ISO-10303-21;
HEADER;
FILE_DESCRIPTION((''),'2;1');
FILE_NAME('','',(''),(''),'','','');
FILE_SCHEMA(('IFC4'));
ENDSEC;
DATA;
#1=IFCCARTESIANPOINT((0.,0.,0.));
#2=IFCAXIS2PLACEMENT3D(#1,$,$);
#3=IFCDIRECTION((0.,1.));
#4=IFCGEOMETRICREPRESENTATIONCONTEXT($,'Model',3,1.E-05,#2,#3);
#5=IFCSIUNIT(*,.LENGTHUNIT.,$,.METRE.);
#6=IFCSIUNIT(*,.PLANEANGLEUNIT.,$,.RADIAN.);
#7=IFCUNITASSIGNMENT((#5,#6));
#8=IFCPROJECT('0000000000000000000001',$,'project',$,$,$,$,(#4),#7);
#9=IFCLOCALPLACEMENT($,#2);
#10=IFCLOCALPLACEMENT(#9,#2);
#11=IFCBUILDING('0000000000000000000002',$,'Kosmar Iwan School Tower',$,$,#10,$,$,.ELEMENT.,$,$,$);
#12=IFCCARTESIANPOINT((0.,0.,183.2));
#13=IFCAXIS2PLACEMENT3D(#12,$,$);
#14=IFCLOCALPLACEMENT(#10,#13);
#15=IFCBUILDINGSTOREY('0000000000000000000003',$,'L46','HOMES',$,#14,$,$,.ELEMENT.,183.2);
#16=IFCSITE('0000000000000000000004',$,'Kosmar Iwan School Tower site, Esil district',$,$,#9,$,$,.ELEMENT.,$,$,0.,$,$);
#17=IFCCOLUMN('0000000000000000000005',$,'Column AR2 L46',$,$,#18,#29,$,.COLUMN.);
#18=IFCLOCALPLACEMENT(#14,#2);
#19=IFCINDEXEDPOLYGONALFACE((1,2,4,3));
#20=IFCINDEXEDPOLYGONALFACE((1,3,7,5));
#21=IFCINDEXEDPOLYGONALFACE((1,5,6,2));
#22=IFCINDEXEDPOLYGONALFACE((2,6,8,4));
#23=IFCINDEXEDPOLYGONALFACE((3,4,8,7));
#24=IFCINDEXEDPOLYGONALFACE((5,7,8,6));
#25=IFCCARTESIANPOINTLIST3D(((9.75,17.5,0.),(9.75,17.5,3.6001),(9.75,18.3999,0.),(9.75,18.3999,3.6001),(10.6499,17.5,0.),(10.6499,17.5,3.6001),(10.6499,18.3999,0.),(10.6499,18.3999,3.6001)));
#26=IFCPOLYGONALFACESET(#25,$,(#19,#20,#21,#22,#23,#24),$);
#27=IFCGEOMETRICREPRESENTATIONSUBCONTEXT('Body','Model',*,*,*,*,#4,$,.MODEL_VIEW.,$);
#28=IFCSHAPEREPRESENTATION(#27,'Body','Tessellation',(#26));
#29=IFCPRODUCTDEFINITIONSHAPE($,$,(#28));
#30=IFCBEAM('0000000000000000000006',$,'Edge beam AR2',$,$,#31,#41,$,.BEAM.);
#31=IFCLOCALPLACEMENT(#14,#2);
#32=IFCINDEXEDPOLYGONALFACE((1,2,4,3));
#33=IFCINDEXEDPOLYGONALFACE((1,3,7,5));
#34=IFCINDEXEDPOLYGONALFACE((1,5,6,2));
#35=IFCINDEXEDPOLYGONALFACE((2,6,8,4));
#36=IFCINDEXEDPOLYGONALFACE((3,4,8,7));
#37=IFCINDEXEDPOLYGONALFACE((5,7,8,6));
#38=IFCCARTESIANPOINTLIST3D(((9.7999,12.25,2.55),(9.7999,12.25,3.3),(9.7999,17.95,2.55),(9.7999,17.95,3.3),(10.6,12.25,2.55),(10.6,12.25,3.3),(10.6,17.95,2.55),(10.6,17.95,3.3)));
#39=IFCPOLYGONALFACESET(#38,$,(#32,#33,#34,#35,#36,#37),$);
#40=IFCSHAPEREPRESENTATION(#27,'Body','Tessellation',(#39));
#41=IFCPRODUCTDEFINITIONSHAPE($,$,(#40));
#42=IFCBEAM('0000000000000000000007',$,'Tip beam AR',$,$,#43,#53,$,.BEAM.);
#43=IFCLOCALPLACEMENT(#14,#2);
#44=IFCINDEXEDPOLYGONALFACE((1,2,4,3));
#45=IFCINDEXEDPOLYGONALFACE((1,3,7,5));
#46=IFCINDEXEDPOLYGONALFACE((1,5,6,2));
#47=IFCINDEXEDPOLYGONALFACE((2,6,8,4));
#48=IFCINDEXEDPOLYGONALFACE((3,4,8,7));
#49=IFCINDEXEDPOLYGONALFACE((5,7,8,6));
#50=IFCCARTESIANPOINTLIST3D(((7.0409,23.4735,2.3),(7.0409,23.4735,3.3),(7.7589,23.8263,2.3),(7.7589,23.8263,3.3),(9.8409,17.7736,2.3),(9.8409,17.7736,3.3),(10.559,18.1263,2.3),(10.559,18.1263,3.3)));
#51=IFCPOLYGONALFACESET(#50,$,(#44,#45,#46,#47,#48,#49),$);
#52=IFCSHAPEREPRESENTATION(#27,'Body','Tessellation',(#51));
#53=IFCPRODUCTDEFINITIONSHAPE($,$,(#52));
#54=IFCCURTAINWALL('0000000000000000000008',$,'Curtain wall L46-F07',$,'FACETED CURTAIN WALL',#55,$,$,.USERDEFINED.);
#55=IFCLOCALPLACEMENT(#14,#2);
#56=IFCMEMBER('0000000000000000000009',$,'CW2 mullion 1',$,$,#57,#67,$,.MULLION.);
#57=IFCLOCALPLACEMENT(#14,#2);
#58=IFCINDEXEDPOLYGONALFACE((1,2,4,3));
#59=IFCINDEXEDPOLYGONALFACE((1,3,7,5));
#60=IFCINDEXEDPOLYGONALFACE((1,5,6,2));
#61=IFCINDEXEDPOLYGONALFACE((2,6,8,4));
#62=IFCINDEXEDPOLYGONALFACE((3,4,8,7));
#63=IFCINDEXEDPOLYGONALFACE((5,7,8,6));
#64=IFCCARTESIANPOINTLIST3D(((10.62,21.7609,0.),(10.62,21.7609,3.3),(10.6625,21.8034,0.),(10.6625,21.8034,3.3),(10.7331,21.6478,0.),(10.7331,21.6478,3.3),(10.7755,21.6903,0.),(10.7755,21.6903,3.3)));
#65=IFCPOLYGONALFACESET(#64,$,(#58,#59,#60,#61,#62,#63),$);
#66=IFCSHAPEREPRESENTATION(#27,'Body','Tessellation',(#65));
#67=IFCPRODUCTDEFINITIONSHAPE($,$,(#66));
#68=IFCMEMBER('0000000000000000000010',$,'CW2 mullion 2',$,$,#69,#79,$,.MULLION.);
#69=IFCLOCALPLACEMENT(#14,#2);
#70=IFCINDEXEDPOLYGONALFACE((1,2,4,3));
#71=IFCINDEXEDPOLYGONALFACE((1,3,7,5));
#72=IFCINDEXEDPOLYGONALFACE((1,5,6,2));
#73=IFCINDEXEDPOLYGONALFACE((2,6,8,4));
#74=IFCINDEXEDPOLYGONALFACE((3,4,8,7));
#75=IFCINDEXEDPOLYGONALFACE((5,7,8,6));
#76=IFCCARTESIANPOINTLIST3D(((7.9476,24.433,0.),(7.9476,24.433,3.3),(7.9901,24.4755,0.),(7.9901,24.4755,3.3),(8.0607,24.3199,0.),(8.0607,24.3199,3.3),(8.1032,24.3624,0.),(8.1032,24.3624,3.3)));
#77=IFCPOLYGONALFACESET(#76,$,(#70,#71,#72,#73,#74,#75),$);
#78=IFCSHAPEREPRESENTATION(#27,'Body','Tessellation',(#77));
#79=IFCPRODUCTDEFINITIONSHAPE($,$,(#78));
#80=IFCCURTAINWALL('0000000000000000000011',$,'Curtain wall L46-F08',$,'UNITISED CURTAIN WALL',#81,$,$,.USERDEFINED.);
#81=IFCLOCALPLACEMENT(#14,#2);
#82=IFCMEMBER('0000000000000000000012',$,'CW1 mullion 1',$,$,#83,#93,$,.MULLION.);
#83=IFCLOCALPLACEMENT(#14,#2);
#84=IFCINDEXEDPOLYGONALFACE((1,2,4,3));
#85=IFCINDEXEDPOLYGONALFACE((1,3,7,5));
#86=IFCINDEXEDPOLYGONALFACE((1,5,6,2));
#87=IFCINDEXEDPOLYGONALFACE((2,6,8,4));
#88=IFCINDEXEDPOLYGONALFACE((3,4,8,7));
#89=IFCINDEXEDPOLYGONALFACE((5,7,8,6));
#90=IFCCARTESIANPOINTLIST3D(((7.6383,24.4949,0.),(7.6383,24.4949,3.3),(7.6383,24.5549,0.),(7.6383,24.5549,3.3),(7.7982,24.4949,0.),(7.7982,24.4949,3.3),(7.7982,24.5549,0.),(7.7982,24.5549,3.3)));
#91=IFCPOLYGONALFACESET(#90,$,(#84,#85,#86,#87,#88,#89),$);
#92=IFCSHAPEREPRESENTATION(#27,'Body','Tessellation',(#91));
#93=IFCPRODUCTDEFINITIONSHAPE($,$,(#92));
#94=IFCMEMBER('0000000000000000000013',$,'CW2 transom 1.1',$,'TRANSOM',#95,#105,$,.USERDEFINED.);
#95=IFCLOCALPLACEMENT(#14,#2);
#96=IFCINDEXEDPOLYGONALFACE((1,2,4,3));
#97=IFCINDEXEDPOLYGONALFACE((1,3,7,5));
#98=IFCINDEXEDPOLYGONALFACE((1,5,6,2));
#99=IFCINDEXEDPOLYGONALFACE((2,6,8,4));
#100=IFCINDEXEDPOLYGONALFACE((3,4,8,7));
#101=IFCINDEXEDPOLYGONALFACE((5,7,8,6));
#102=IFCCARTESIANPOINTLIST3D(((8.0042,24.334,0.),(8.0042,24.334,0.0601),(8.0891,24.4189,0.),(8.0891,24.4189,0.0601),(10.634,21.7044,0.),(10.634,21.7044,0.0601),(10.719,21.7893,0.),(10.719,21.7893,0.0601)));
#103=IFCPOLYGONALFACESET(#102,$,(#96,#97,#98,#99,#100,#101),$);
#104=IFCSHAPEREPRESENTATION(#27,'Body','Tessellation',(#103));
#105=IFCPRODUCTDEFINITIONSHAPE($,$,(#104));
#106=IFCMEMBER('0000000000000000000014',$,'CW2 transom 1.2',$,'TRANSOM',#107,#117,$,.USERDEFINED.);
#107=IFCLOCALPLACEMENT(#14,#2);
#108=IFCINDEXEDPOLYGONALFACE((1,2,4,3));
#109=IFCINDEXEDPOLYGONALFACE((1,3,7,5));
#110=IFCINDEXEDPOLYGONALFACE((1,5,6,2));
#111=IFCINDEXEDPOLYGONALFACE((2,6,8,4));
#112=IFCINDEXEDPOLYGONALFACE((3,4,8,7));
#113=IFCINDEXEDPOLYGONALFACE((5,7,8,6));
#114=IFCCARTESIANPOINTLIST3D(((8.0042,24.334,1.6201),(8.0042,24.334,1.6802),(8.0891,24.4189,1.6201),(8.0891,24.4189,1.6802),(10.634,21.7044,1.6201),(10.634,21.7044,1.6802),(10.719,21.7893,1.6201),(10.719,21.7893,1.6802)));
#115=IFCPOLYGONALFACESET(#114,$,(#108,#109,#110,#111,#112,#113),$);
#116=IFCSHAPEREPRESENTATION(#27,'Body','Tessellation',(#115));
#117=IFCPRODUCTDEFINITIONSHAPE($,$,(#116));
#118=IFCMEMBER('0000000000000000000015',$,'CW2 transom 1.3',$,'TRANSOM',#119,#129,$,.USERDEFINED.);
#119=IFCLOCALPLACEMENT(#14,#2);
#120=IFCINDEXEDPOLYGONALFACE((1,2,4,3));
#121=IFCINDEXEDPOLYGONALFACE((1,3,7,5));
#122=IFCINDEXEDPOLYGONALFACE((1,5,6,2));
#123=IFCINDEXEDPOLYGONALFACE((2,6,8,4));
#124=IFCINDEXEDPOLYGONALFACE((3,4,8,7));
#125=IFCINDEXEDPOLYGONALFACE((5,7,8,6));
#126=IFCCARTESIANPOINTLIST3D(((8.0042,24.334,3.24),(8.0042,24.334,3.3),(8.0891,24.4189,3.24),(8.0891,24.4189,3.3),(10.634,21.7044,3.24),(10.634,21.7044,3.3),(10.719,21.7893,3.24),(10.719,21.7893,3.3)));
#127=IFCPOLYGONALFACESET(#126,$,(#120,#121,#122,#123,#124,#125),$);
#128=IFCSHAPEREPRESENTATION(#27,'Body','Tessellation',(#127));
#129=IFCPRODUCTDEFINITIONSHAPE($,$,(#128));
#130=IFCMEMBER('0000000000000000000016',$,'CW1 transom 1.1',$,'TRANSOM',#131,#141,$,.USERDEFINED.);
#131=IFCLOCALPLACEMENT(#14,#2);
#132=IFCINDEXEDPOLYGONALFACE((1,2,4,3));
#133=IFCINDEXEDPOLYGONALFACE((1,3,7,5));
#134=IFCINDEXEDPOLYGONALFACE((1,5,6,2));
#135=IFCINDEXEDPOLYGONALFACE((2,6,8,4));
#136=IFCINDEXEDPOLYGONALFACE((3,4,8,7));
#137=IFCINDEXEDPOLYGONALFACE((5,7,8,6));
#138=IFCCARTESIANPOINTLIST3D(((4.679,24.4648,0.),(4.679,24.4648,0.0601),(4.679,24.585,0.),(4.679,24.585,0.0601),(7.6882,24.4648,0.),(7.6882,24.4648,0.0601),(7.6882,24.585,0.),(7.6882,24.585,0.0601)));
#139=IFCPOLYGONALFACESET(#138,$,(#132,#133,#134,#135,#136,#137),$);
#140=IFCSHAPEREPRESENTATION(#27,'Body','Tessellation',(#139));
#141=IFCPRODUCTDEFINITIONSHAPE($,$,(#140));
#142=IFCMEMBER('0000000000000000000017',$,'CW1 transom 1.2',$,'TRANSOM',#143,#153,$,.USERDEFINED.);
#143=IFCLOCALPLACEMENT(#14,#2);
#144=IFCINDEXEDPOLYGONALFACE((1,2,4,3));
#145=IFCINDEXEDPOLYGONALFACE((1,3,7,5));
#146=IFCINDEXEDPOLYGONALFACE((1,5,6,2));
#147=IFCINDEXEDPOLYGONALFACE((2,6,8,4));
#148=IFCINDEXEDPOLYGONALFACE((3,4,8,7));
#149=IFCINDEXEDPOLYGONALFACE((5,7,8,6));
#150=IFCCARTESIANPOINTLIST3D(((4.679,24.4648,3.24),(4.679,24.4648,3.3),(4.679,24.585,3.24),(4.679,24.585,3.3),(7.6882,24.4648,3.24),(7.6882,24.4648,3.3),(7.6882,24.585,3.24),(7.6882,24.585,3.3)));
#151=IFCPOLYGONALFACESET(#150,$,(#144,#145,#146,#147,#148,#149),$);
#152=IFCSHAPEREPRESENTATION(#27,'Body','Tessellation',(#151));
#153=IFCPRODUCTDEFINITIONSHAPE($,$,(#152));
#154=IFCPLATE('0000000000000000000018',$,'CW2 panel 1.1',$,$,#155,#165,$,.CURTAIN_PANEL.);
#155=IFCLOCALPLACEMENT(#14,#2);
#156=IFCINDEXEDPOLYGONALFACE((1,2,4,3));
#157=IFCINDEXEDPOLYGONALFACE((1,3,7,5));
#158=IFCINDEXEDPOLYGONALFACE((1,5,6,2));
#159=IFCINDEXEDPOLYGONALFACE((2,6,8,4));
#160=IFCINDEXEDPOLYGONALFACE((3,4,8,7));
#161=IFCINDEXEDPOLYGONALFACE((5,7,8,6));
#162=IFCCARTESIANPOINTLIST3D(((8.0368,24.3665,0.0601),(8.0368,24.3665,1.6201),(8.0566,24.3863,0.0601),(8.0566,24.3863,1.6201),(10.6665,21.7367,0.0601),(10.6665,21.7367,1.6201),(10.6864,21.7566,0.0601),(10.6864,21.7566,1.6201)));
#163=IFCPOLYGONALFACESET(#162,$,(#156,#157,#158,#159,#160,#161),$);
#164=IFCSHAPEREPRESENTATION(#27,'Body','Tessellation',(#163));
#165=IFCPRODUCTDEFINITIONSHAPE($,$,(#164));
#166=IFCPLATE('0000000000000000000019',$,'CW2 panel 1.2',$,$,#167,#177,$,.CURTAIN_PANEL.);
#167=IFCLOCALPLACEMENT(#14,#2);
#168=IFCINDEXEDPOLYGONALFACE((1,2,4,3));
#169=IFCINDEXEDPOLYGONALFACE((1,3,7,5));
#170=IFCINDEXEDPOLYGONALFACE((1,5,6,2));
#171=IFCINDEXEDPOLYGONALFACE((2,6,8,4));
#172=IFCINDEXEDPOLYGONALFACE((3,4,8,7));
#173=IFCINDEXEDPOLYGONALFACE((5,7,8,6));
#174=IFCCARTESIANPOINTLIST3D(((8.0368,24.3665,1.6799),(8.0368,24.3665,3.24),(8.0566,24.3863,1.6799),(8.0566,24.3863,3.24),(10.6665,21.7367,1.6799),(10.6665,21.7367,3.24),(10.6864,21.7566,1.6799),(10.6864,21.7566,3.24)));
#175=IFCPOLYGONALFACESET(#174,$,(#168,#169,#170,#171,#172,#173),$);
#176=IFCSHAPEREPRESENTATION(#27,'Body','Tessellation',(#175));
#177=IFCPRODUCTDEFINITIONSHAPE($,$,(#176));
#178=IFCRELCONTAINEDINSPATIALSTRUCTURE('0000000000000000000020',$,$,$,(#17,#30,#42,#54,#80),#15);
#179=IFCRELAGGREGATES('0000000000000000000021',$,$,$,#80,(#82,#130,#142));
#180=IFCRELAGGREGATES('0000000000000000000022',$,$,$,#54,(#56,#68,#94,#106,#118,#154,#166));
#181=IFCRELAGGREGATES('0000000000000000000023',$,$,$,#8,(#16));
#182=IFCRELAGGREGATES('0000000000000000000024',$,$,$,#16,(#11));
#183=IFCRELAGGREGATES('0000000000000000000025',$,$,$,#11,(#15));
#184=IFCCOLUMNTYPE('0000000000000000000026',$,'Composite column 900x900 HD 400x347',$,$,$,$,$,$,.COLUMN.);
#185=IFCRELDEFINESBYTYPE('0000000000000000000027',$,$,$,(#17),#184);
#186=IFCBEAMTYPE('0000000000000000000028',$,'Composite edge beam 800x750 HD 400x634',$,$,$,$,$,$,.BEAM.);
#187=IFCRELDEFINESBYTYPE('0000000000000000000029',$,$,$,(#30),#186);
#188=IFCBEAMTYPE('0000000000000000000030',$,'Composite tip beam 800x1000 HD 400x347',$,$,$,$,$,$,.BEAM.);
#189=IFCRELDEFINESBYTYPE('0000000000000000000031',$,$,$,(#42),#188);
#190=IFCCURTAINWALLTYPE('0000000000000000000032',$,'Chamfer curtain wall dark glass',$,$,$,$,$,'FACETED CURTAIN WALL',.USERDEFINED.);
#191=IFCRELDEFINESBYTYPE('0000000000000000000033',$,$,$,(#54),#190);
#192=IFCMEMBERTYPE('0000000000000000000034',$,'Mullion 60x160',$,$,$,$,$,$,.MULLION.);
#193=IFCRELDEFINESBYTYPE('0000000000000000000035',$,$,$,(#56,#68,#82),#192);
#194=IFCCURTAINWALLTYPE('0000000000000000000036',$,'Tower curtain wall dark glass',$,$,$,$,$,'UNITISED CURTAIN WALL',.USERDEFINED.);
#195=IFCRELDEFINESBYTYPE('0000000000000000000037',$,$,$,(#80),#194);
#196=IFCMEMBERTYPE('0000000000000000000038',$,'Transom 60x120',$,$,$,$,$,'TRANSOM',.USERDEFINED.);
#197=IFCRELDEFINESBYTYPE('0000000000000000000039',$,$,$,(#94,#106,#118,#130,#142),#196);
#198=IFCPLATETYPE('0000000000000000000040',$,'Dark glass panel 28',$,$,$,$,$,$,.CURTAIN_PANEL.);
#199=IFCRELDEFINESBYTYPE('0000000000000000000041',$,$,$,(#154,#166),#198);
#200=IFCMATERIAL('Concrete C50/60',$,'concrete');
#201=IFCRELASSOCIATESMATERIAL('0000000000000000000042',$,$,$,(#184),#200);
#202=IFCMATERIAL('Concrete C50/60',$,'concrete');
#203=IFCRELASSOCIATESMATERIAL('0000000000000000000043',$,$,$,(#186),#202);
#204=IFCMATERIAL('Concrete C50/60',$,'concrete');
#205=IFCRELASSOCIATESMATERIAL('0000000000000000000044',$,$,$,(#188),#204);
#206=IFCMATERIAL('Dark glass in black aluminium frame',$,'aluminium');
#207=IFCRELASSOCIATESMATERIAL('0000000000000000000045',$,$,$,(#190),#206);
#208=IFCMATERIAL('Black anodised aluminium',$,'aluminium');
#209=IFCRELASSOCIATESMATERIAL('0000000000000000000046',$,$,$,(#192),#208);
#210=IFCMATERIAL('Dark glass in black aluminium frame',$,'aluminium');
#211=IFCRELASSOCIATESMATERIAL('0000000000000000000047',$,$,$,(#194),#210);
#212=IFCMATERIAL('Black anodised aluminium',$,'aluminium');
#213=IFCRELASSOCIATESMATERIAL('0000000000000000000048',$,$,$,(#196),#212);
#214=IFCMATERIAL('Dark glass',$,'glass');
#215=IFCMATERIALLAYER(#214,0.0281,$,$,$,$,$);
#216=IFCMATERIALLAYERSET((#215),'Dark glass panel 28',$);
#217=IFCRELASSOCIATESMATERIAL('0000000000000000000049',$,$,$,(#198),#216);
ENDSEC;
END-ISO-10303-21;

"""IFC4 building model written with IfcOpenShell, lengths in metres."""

from ifc_helpers import new_model, si_unit, direction, frame, origin, origin_2d, place, context, subcontext, project, spatial, rectangle, extrude, material, layer, layer_set, material_profile, profile_set, type_object, element, aggregate, save


model = new_model("IFC4")

# Units and contexts
model_context = context("Model", 3, precision=1e-05, world=origin(), true_north=direction((0.0, 1.0)))
body_context = subcontext(model_context, "Body", "Model", "MODEL_VIEW")
ifc_project = project(units=[si_unit("LENGTHUNIT", "METRE"), si_unit("PLANEANGLEUNIT", "RADIAN")], contexts=[model_context])

# Site, building, storey
site_placement = place(None, origin())
site = spatial("IfcSite", under=ifc_project, at=site_placement, Name="Kosmar Iwan School Tower site, Esil district", CompositionType="ELEMENT", RefElevation=0.0)
building_placement = place(site_placement, origin())
building = spatial("IfcBuilding", under=site, at=building_placement, Name="Kosmar Iwan School Tower", CompositionType="ELEMENT")
storey_placement = place(building_placement, frame((0.0, 0.0, 183.2)))
storey = spatial("IfcBuildingStorey", under=building, at=storey_placement, Name="L46", Description="HOMES", CompositionType="ELEMENT", Elevation=183.2)

# Column
ifc_material_1 = material(Name="Concrete C50/60", Category="concrete")
ifc_material_profile_1 = material_profile(ifc_material_1, rectangle(XDim=0.8999, YDim=0.8999, at=origin_2d()), Name="RC 900x900 + HD 400x347")
ifc_profile_set_1 = profile_set([ifc_material_profile_1], Name="Concrete C50/60")
column_type = type_object("IfcColumnType", Name="Composite column 900x900 HD 400x347", PredefinedType="COLUMN", material=ifc_profile_set_1)
column_placement = place(storey_placement, frame((10.2, 17.95, 0.0), z_axis=(0.0, 0.0, 1.0), x_axis=(0.0, 1.0, 0.0)))
element("IfcColumn", 1, at=column_placement, inside=storey, type_object=column_type, Name="Column AR2 L46", PredefinedType="COLUMN", context=body_context, shape_type="SweptSolid", body=[
    extrude(rectangle(XDim=0.8999, YDim=0.8999, at=origin_2d()), origin(), (0.0, 0.0, 1.0), 3.6001),
])

# Beams
ifc_material_2 = material(Name="Concrete C50/60", Category="concrete")
ifc_material_profile_2 = material_profile(ifc_material_2, rectangle(XDim=0.8, YDim=0.75, at=origin_2d()), Name="RC 800x750 + HD 400x634")
ifc_profile_set_2 = profile_set([ifc_material_profile_2], Name="Concrete C50/60")
beam_type_1 = type_object("IfcBeamType", Name="Composite edge beam 800x750 HD 400x634", PredefinedType="BEAM", material=ifc_profile_set_2)
beam_1_placement = place(storey_placement, frame((10.2, 12.25, 2.925), z_axis=(0.0, 1.0, 0.0), x_axis=(-1.0, 0.0, 0.0)))
element("IfcBeam", 2, at=beam_1_placement, inside=storey, type_object=beam_type_1, Name="Edge beam AR2", PredefinedType="BEAM", context=body_context, shape_type="SweptSolid", body=[
    extrude(rectangle(XDim=0.8, YDim=0.75, at=origin_2d()), origin(), (0.0, 0.0, 1.0), 5.7),
])
ifc_material_3 = material(Name="Concrete C50/60", Category="concrete")
ifc_material_profile_3 = material_profile(ifc_material_3, rectangle(XDim=0.8, YDim=1.0, at=origin_2d()), Name="RC 800x1000 + HD 400x347")
ifc_profile_set_3 = profile_set([ifc_material_profile_3], Name="Concrete C50/60")
beam_type_2 = type_object("IfcBeamType", Name="Composite tip beam 800x1000 HD 400x347", PredefinedType="BEAM", material=ifc_profile_set_3)
beam_2_placement = place(storey_placement, frame((10.2, 17.95, 2.8), z_axis=(-0.440913, 0.89755, 0.0), x_axis=(-0.89755, -0.440913, 0.0)))
element("IfcBeam", 3, at=beam_2_placement, inside=storey, type_object=beam_type_2, Name="Tip beam AR", PredefinedType="BEAM", context=body_context, shape_type="SweptSolid", body=[
    extrude(rectangle(XDim=0.8, YDim=1.0, at=origin_2d()), origin(), (0.0, 0.0, 1.0), 6.3506),
])

# Curtain wall, members
ifc_material_4 = material(Name="Dark glass in black aluminium frame", Category="aluminium")
curtain_wall_type_1 = type_object("IfcCurtainWallType", Name="Chamfer curtain wall dark glass", ElementType="FACETED CURTAIN WALL", PredefinedType="USERDEFINED", material=ifc_material_4)
curtain_wall_1_placement = place(storey_placement, origin())
curtain_wall_1 = element("IfcCurtainWall", 4, at=curtain_wall_1_placement, inside=storey, type_object=curtain_wall_type_1, Name="Curtain wall L46-F07", ObjectType="FACETED CURTAIN WALL", PredefinedType="USERDEFINED")
ifc_material_5 = material(Name="Black anodised aluminium", Category="aluminium")
ifc_material_profile_4 = material_profile(ifc_material_5, rectangle(XDim=0.0601, YDim=0.1599, at=origin_2d()), Name="MULLION 60x160")
ifc_profile_set_4 = profile_set([ifc_material_profile_4], Name="Black anodised aluminium")
member_type_1 = type_object("IfcMemberType", Name="Mullion 60x160", PredefinedType="MULLION", material=ifc_profile_set_4)
member_1_placement = place(storey_placement, frame((10.6978, 21.7256, 0.0), z_axis=(0.0, 0.0, 1.0), x_axis=(-0.707107, -0.707107, 0.0)))
member_1 = element("IfcMember", 5, at=member_1_placement, type_object=member_type_1, Name="CW2 mullion 1", PredefinedType="MULLION", context=body_context, shape_type="SweptSolid", body=[
    extrude(rectangle(XDim=0.0601, YDim=0.1599, at=origin_2d()), origin(), (0.0, 0.0, 1.0), 3.3),
])
member_2_placement = place(storey_placement, frame((8.0254, 24.3977, 0.0), z_axis=(0.0, 0.0, 1.0), x_axis=(-0.707107, -0.707107, 0.0)))
member_2 = element("IfcMember", 6, at=member_2_placement, type_object=member_type_1, Name="CW2 mullion 2", PredefinedType="MULLION", context=body_context, shape_type="SweptSolid", body=[
    extrude(rectangle(XDim=0.0601, YDim=0.1599, at=origin_2d()), origin(), (0.0, 0.0, 1.0), 3.3),
])

# Curtain wall, member
ifc_material_6 = material(Name="Dark glass in black aluminium frame", Category="aluminium")
curtain_wall_type_2 = type_object("IfcCurtainWallType", Name="Tower curtain wall dark glass", ElementType="UNITISED CURTAIN WALL", PredefinedType="USERDEFINED", material=ifc_material_6)
curtain_wall_2_placement = place(storey_placement, origin())
curtain_wall_2 = element("IfcCurtainWall", 7, at=curtain_wall_2_placement, inside=storey, type_object=curtain_wall_type_2, Name="Curtain wall L46-F08", ObjectType="UNITISED CURTAIN WALL", PredefinedType="USERDEFINED")
member_3_placement = place(storey_placement, frame((7.7183, 24.5249, 0.0), z_axis=(0.0, 0.0, 1.0), x_axis=(0.0, -1.0, 0.0)))
member_3 = element("IfcMember", 8, at=member_3_placement, type_object=member_type_1, Name="CW1 mullion 1", PredefinedType="MULLION", context=body_context, shape_type="SweptSolid", body=[
    extrude(rectangle(XDim=0.0601, YDim=0.1599, at=origin_2d()), origin(), (0.0, 0.0, 1.0), 3.3),
])

# Members
ifc_material_7 = material(Name="Black anodised aluminium", Category="aluminium")
ifc_material_profile_5 = material_profile(ifc_material_7, rectangle(XDim=0.1201, YDim=0.0601, at=origin_2d()), Name="TRANSOM 60x120")
ifc_profile_set_5 = profile_set([ifc_material_profile_5], Name="Black anodised aluminium")
member_type_2 = type_object("IfcMemberType", Name="Transom 60x120", ElementType="TRANSOM", PredefinedType="USERDEFINED", material=ifc_profile_set_5)
member_4_placement = place(storey_placement, frame((10.6765, 21.7468, 0.03), z_axis=(-0.70714, 0.707074, 0.0), x_axis=(-0.707074, -0.70714, 0.0)))
member_4 = element("IfcMember", 9, at=member_4_placement, type_object=member_type_2, Name="CW2 transom 1.1", ObjectType="TRANSOM", PredefinedType="USERDEFINED", context=body_context, shape_type="SweptSolid", body=[
    extrude(rectangle(XDim=0.1201, YDim=0.0601, at=origin_2d()), origin(), (0.0, 0.0, 1.0), 3.719),
])
member_5_placement = place(storey_placement, frame((10.6765, 21.7468, 1.6501), z_axis=(-0.70714, 0.707074, 0.0), x_axis=(-0.707074, -0.70714, 0.0)))
member_5 = element("IfcMember", 10, at=member_5_placement, type_object=member_type_2, Name="CW2 transom 1.2", ObjectType="TRANSOM", PredefinedType="USERDEFINED", context=body_context, shape_type="SweptSolid", body=[
    extrude(rectangle(XDim=0.1201, YDim=0.0601, at=origin_2d()), origin(), (0.0, 0.0, 1.0), 3.719),
])
member_6_placement = place(storey_placement, frame((10.6765, 21.7468, 3.27), z_axis=(-0.70714, 0.707074, 0.0), x_axis=(-0.707074, -0.70714, 0.0)))
member_6 = element("IfcMember", 11, at=member_6_placement, type_object=member_type_2, Name="CW2 transom 1.3", ObjectType="TRANSOM", PredefinedType="USERDEFINED", context=body_context, shape_type="SweptSolid", body=[
    extrude(rectangle(XDim=0.1201, YDim=0.0601, at=origin_2d()), origin(), (0.0, 0.0, 1.0), 3.719),
])
member_7_placement = place(storey_placement, frame((7.6882, 24.5249, 0.03), z_axis=(-1.0, 0.0, 0.0), x_axis=(0.0, -1.0, 0.0)))
member_7 = element("IfcMember", 12, at=member_7_placement, type_object=member_type_2, Name="CW1 transom 1.1", ObjectType="TRANSOM", PredefinedType="USERDEFINED", context=body_context, shape_type="SweptSolid", body=[
    extrude(rectangle(XDim=0.1201, YDim=0.0601, at=origin_2d()), origin(), (0.0, 0.0, 1.0), 3.0093),
])
member_8_placement = place(storey_placement, frame((7.6882, 24.5249, 3.27), z_axis=(-1.0, 0.0, 0.0), x_axis=(0.0, -1.0, 0.0)))
member_8 = element("IfcMember", 13, at=member_8_placement, type_object=member_type_2, Name="CW1 transom 1.2", ObjectType="TRANSOM", PredefinedType="USERDEFINED", context=body_context, shape_type="SweptSolid", body=[
    extrude(rectangle(XDim=0.1201, YDim=0.0601, at=origin_2d()), origin(), (0.0, 0.0, 1.0), 3.0093),
])
aggregate(curtain_wall_2, [member_3, member_7, member_8])

# Plates
ifc_material_8 = material(Name="Dark glass", Category="glass")
ifc_layer = layer(ifc_material_8, 0.0281)
ifc_layer_set = layer_set([ifc_layer], Name="Dark glass panel 28")
plate_type = type_object("IfcPlateType", Name="Dark glass panel 28", PredefinedType="CURTAIN_PANEL", material=ifc_layer_set)
plate_1_placement = place(storey_placement, frame((9.3616, 23.0615, 0.0601), z_axis=(0.0, 0.0, 1.0), x_axis=(-0.707107, 0.707107, 0.0)))
plate_1 = element("IfcPlate", 14, at=plate_1_placement, type_object=plate_type, Name="CW2 panel 1.1", PredefinedType="CURTAIN_PANEL", context=body_context, shape_type="SweptSolid", body=[
    extrude(rectangle(XDim=3.719, YDim=0.0281, at=origin_2d()), origin(), (0.0, 0.0, 1.0), 1.5601),
])
plate_2_placement = place(storey_placement, frame((9.3616, 23.0615, 1.6799), z_axis=(0.0, 0.0, 1.0), x_axis=(-0.707107, 0.707107, 0.0)))
plate_2 = element("IfcPlate", 15, at=plate_2_placement, type_object=plate_type, Name="CW2 panel 1.2", PredefinedType="CURTAIN_PANEL", context=body_context, shape_type="SweptSolid", body=[
    extrude(rectangle(XDim=3.719, YDim=0.0281, at=origin_2d()), origin(), (0.0, 0.0, 1.0), 1.5601),
])
aggregate(curtain_wall_1, [member_1, member_2, member_4, member_5, member_6, plate_1, plate_2])

save(model, "model.ifc")
